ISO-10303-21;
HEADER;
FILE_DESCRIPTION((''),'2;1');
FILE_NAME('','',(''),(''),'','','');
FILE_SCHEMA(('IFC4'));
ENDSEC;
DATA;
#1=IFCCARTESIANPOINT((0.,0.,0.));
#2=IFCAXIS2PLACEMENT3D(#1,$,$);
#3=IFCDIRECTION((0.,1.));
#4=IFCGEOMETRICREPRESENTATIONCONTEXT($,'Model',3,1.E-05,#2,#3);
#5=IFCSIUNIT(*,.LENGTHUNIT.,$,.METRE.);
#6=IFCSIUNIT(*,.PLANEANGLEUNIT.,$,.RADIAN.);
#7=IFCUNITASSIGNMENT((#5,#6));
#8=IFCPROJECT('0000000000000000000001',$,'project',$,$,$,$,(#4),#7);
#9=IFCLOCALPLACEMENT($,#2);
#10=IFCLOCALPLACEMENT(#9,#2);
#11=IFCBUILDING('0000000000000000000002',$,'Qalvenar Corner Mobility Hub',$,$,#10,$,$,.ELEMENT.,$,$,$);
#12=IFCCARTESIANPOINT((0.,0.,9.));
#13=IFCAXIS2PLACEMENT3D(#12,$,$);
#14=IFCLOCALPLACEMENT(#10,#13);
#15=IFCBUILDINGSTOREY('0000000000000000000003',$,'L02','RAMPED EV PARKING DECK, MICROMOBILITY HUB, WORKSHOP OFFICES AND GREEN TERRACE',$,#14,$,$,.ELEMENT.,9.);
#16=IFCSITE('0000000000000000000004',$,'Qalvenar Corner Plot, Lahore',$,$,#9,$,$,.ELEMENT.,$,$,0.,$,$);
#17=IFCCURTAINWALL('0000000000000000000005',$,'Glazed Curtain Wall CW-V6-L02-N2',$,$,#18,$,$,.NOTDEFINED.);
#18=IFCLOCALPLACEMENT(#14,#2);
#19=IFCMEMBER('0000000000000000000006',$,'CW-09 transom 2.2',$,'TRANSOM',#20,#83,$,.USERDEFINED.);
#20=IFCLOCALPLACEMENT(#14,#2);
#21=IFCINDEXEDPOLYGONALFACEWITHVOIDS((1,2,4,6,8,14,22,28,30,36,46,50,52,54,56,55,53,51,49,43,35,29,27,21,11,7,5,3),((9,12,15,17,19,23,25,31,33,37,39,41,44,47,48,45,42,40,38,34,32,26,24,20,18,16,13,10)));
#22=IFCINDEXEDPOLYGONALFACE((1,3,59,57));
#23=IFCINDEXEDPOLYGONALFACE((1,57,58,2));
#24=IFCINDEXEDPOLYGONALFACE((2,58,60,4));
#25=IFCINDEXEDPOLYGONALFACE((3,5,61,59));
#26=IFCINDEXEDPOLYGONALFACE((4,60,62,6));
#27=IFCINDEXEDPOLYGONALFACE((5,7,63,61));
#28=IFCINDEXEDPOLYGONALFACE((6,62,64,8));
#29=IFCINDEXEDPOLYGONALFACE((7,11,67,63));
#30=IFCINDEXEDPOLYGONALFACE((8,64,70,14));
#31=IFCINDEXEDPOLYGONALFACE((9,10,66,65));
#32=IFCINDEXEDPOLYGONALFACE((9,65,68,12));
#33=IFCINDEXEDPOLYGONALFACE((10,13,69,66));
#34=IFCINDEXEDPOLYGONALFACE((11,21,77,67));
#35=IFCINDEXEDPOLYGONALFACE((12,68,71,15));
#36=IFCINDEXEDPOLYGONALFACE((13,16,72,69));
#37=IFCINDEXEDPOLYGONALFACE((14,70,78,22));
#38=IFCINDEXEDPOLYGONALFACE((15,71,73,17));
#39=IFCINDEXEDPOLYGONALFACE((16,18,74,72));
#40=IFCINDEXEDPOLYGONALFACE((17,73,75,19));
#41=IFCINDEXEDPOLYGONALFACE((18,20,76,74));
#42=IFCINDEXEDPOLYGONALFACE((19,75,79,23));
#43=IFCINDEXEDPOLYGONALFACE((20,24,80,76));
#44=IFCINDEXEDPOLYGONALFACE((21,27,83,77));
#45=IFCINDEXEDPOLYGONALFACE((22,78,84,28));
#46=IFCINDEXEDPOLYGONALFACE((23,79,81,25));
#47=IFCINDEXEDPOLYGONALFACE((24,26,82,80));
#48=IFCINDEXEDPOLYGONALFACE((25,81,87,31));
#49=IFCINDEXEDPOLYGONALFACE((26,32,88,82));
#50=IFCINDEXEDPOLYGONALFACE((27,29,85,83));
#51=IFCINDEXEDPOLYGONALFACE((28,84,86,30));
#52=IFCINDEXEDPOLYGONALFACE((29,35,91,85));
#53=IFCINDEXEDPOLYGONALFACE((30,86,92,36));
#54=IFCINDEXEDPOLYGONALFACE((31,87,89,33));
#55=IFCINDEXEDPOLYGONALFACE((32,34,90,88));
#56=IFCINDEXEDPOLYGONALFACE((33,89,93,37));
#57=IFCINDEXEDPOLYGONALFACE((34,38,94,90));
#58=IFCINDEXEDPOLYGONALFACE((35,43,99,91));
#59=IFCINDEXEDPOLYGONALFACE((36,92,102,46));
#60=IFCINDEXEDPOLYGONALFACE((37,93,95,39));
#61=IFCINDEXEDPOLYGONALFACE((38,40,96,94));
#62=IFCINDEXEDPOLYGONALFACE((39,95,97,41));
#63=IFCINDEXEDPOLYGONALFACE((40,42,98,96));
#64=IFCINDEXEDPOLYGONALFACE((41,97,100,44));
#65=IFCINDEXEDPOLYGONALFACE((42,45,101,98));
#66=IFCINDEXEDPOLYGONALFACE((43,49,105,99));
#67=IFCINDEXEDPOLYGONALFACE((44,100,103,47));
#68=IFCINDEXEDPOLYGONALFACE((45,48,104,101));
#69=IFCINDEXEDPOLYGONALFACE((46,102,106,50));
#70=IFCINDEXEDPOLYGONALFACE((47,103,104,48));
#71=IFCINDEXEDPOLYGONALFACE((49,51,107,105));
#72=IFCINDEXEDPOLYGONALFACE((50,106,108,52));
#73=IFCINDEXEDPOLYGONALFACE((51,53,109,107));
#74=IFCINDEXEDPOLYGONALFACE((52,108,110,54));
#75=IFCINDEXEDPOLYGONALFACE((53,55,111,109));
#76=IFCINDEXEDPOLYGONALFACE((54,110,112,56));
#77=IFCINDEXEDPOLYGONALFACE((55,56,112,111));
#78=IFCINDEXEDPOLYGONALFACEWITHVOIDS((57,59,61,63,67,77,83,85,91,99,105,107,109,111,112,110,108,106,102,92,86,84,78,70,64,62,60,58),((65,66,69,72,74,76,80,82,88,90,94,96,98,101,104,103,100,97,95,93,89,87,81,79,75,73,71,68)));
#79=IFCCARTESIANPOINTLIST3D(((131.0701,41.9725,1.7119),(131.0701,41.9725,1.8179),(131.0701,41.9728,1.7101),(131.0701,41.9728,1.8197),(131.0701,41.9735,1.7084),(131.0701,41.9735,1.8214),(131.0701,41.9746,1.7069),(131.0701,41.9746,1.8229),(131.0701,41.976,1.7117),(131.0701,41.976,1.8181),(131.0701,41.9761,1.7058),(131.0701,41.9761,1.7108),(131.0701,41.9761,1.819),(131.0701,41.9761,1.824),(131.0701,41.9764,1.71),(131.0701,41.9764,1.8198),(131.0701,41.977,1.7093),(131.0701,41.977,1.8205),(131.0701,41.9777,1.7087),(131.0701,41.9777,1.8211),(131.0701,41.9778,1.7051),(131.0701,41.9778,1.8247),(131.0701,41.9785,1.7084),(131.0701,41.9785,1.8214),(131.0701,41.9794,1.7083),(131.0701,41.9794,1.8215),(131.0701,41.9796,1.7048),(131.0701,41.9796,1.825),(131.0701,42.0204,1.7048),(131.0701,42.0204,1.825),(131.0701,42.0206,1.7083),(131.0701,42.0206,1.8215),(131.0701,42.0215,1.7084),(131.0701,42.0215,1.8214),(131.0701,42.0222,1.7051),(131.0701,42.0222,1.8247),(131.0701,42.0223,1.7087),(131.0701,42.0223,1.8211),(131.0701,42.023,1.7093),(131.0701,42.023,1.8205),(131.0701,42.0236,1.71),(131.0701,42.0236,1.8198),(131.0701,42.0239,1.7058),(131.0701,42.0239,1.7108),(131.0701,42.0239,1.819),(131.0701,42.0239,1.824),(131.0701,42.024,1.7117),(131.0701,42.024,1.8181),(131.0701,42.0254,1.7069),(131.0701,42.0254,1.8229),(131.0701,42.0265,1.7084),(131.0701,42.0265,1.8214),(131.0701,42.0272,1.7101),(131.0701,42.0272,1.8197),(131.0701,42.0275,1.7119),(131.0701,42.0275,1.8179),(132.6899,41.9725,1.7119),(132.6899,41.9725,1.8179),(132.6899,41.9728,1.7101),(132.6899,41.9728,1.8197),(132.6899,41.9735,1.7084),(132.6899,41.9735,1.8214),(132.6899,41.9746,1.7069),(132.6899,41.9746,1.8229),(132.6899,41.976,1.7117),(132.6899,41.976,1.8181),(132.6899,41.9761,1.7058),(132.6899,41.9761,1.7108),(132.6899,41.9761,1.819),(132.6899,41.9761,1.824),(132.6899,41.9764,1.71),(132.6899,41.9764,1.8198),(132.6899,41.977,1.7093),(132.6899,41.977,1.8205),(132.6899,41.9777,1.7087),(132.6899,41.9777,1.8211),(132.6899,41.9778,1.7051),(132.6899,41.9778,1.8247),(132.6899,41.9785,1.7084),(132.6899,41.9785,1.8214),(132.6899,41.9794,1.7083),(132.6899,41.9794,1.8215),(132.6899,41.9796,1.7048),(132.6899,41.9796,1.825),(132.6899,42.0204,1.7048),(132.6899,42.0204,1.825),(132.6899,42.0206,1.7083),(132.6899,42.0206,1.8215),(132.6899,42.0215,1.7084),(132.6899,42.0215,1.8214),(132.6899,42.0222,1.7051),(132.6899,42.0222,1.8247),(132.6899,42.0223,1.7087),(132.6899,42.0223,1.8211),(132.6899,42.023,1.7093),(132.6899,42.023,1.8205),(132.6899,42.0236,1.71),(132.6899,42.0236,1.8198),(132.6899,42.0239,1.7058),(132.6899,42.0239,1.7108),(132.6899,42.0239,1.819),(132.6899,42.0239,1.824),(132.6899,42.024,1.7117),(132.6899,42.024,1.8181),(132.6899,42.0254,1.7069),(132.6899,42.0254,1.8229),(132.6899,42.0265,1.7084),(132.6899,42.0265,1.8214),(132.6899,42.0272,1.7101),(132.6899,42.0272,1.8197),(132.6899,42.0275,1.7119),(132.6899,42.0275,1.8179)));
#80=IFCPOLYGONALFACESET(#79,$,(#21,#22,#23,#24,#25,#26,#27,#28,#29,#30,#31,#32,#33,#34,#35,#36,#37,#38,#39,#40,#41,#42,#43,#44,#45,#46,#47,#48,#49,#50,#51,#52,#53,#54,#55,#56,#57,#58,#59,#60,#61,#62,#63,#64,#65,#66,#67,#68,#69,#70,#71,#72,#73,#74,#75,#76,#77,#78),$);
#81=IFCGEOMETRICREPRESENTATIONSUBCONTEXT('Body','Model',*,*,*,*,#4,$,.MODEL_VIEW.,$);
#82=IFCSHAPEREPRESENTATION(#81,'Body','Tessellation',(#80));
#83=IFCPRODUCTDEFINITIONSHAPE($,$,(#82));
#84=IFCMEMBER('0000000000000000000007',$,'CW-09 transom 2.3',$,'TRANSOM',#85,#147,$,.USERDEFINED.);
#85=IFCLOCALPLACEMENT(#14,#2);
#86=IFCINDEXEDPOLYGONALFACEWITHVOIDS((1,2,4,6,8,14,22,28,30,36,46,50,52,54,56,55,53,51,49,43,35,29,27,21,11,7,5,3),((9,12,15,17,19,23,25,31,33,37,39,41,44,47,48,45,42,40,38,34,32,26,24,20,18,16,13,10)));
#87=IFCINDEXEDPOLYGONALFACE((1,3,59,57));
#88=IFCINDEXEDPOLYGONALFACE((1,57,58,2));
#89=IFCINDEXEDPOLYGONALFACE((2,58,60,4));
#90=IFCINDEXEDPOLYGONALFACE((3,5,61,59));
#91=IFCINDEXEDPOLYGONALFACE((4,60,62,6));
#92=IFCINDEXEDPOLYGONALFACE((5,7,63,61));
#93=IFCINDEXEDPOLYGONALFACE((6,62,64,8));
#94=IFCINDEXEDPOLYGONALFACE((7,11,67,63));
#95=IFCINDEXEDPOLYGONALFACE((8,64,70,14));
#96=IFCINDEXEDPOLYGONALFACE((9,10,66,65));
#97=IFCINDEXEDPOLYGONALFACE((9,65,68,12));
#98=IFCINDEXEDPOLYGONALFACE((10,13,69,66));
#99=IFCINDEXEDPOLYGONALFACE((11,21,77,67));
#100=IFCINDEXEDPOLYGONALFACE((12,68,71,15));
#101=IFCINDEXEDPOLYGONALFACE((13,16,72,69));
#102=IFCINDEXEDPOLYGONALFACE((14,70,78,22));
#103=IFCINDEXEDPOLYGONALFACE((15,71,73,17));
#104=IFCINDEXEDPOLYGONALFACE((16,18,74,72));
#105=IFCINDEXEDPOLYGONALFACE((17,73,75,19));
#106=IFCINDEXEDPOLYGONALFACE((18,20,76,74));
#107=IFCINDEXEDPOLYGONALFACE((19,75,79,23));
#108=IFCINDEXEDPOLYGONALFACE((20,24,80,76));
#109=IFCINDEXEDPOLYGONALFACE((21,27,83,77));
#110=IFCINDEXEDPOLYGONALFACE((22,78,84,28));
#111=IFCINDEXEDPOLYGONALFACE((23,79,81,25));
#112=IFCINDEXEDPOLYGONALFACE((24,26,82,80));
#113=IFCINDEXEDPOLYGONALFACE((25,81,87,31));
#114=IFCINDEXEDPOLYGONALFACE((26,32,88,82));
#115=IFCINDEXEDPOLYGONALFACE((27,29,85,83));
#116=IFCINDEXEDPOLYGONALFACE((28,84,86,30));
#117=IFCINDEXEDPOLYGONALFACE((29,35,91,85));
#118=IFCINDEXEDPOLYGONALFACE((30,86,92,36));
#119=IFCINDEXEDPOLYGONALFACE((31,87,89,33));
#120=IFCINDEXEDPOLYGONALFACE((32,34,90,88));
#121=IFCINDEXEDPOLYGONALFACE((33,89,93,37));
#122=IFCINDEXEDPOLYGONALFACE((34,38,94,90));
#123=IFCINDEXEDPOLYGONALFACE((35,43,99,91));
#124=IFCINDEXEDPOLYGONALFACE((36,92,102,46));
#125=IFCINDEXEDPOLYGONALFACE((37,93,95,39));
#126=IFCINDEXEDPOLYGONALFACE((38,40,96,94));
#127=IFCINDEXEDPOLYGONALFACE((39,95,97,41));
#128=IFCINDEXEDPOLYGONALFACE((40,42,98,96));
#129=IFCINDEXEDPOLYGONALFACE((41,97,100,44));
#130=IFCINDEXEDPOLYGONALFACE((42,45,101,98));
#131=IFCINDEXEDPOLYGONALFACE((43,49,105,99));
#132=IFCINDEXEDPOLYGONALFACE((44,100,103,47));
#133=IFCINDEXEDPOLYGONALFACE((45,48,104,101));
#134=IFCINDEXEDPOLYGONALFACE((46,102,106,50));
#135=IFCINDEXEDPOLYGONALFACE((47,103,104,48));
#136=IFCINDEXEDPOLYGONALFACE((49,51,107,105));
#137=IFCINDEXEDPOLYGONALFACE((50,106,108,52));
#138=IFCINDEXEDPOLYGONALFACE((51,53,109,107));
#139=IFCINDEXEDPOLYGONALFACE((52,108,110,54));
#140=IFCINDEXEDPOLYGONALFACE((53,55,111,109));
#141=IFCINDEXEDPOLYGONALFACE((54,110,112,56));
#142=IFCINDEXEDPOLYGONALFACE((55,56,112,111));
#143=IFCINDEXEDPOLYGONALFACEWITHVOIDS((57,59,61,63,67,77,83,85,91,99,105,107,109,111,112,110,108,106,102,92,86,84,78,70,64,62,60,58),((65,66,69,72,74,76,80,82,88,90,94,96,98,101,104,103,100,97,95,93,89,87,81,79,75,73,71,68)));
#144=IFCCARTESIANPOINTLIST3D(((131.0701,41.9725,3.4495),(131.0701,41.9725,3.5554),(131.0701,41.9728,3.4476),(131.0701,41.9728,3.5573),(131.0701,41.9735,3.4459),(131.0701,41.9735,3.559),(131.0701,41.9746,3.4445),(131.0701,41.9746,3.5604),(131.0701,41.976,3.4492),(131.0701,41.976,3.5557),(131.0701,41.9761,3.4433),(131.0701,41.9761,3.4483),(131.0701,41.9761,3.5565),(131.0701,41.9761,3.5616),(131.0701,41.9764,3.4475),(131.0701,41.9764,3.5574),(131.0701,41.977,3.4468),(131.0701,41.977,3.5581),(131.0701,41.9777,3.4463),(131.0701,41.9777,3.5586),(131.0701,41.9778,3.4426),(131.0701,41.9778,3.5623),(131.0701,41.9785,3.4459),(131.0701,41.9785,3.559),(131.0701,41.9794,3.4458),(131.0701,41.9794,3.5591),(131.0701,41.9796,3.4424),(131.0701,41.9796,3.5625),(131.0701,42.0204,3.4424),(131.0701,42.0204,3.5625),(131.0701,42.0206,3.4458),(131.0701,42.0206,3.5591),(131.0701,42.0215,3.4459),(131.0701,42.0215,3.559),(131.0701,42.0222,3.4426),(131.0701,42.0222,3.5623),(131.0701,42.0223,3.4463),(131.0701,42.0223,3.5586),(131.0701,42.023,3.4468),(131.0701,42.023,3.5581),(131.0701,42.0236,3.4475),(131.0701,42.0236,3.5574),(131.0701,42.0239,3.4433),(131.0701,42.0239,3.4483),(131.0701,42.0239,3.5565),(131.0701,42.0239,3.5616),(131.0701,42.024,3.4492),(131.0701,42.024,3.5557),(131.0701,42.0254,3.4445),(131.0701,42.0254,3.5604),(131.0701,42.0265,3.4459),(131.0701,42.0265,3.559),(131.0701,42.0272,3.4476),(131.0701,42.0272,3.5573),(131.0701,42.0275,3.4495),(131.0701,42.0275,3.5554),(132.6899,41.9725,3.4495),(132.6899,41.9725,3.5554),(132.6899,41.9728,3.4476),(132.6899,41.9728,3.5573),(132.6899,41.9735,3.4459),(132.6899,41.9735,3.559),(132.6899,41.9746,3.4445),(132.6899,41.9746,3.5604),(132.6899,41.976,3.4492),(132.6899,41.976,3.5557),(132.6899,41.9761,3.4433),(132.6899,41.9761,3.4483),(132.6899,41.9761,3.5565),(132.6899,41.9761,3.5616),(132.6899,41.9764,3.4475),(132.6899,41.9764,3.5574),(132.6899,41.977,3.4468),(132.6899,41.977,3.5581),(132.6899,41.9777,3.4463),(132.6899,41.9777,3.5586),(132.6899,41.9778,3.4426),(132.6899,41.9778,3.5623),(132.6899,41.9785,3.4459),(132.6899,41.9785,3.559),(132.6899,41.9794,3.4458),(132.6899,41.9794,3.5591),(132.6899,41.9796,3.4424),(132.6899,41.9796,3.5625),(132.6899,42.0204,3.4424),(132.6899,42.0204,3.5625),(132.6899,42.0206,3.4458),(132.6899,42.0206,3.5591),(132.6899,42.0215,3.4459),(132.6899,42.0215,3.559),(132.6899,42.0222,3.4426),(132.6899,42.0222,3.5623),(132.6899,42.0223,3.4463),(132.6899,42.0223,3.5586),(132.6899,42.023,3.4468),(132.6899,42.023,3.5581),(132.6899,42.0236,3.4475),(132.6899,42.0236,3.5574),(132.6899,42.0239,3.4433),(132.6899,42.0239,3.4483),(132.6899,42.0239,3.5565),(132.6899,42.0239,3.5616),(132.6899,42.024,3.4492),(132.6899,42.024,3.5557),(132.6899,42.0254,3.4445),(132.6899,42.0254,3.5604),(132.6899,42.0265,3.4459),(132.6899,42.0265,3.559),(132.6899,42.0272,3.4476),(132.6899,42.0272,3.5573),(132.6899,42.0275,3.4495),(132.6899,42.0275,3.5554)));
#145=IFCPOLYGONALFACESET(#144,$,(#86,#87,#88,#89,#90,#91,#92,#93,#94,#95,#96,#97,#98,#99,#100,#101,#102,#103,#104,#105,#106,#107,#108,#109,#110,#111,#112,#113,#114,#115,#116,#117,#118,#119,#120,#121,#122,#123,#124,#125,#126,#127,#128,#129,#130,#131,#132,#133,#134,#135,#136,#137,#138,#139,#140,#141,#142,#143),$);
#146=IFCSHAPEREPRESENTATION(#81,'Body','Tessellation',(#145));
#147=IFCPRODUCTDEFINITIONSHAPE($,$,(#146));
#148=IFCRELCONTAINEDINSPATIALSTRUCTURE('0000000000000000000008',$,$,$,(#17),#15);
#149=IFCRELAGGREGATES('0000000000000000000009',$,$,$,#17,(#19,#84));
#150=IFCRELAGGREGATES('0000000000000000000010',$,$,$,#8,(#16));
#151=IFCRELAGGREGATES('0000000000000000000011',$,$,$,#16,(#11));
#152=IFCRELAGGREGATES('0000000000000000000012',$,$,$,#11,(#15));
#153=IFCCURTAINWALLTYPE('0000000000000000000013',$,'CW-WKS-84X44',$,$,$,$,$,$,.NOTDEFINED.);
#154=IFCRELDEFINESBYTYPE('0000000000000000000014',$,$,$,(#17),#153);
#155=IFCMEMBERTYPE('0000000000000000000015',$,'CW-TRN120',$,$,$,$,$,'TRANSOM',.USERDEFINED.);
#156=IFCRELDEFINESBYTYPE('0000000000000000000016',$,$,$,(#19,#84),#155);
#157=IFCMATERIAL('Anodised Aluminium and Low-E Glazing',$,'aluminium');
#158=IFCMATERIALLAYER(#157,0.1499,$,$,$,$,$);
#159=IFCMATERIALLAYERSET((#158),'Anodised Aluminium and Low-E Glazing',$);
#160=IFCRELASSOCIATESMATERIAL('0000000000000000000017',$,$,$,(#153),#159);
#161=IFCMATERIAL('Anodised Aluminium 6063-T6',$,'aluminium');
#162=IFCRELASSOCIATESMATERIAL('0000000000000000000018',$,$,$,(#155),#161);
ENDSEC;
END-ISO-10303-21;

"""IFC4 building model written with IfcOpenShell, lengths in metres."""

from ifc_helpers import new_model, si_unit, direction, frame, origin, origin_2d, place, context, subcontext, project, spatial, hollow_rectangle, extrude, material, layer, layer_set, material_profile, profile_set, type_object, element, aggregate, save


model = new_model("IFC4")

# Units and contexts
model_context = context("Model", 3, precision=1e-05, world=origin(), true_north=direction((0.0, 1.0)))
body_context = subcontext(model_context, "Body", "Model", "MODEL_VIEW")
ifc_project = project(units=[si_unit("LENGTHUNIT", "METRE"), si_unit("PLANEANGLEUNIT", "RADIAN")], contexts=[model_context])

# Site, building, storey
site_placement = place(None, origin())
site = spatial("IfcSite", under=ifc_project, at=site_placement, Name="Qalvenar Corner Plot, Lahore", CompositionType="ELEMENT", RefElevation=0.0)
building_placement = place(site_placement, origin())
building = spatial("IfcBuilding", under=site, at=building_placement, Name="Qalvenar Corner Mobility Hub", CompositionType="ELEMENT")
storey_placement = place(building_placement, frame((0.0, 0.0, 9.0)))
storey = spatial("IfcBuildingStorey", under=building, at=storey_placement, Name="L02", Description="RAMPED EV PARKING DECK, MICROMOBILITY HUB, WORKSHOP OFFICES AND GREEN TERRACE", CompositionType="ELEMENT", Elevation=9.0)

# Curtain wall, members
ifc_material_1 = material(Name="Anodised Aluminium and Low-E Glazing", Category="aluminium")
ifc_layer_1 = layer(ifc_material_1, 0.1499)
ifc_layer_set_1 = layer_set([ifc_layer_1], Name="Anodised Aluminium and Low-E Glazing")
curtain_wall_type = type_object("IfcCurtainWallType", Name="CW-WKS-84X44", PredefinedType="NOTDEFINED", material=ifc_layer_set_1)
curtain_wall_placement = place(storey_placement, origin())
curtain_wall = element("IfcCurtainWall", 1, at=curtain_wall_placement, inside=storey, type_object=curtain_wall_type, Name="Glazed Curtain Wall CW-V6-L02-N2", PredefinedType="NOTDEFINED")
ifc_material_2 = material(Name="Anodised Aluminium 6063-T6", Category="aluminium")
ifc_material_profile_1 = material_profile(ifc_material_2, hollow_rectangle(XDim=0.0549, YDim=0.1201, WallThickness=0.0034, InnerFilletRadius=0.0034, OuterFilletRadius=0.0071, at=origin_2d()), Name="RHS120x55x3.5")
ifc_profile_set_1 = profile_set([ifc_material_profile_1], Name="Anodised Aluminium 6063-T6")
member_type_1 = type_object("IfcMemberType", Name="CW-TRN120", ElementType="TRANSOM", PredefinedType="USERDEFINED", material=ifc_profile_set_1)
member_1_placement = place(storey_placement, frame((132.6899, 42.0, 1.7649), z_axis=(-1.0, 0.0, 0.0), x_axis=(0.0, -1.0, 0.0)))
member_1 = element("IfcMember", 2, at=member_1_placement, type_object=member_type_1, Name="CW-09 transom 2.2", ObjectType="TRANSOM", PredefinedType="USERDEFINED", context=body_context, shape_type="SweptSolid", body=[
    extrude(hollow_rectangle(XDim=0.0549, YDim=0.1201, WallThickness=0.0034, InnerFilletRadius=0.0034, OuterFilletRadius=0.0071, at=origin_2d()), origin(), (0.0, 0.0, 1.0), 1.6199),
])
member_2_placement = place(storey_placement, frame((132.6899, 42.0, 3.5024), z_axis=(-1.0, 0.0, 0.0), x_axis=(0.0, -1.0, 0.0)))
member_2 = element("IfcMember", 3, at=member_2_placement, type_object=member_type_1, Name="CW-09 transom 2.3", ObjectType="TRANSOM", PredefinedType="USERDEFINED", context=body_context, shape_type="SweptSolid", body=[
    extrude(hollow_rectangle(XDim=0.0549, YDim=0.1201, WallThickness=0.0034, InnerFilletRadius=0.0034, OuterFilletRadius=0.0071, at=origin_2d()), origin(), (0.0, 0.0, 1.0), 1.6199),
])
aggregate(curtain_wall, [member_1, member_2])

save(model, "model.ifc")
